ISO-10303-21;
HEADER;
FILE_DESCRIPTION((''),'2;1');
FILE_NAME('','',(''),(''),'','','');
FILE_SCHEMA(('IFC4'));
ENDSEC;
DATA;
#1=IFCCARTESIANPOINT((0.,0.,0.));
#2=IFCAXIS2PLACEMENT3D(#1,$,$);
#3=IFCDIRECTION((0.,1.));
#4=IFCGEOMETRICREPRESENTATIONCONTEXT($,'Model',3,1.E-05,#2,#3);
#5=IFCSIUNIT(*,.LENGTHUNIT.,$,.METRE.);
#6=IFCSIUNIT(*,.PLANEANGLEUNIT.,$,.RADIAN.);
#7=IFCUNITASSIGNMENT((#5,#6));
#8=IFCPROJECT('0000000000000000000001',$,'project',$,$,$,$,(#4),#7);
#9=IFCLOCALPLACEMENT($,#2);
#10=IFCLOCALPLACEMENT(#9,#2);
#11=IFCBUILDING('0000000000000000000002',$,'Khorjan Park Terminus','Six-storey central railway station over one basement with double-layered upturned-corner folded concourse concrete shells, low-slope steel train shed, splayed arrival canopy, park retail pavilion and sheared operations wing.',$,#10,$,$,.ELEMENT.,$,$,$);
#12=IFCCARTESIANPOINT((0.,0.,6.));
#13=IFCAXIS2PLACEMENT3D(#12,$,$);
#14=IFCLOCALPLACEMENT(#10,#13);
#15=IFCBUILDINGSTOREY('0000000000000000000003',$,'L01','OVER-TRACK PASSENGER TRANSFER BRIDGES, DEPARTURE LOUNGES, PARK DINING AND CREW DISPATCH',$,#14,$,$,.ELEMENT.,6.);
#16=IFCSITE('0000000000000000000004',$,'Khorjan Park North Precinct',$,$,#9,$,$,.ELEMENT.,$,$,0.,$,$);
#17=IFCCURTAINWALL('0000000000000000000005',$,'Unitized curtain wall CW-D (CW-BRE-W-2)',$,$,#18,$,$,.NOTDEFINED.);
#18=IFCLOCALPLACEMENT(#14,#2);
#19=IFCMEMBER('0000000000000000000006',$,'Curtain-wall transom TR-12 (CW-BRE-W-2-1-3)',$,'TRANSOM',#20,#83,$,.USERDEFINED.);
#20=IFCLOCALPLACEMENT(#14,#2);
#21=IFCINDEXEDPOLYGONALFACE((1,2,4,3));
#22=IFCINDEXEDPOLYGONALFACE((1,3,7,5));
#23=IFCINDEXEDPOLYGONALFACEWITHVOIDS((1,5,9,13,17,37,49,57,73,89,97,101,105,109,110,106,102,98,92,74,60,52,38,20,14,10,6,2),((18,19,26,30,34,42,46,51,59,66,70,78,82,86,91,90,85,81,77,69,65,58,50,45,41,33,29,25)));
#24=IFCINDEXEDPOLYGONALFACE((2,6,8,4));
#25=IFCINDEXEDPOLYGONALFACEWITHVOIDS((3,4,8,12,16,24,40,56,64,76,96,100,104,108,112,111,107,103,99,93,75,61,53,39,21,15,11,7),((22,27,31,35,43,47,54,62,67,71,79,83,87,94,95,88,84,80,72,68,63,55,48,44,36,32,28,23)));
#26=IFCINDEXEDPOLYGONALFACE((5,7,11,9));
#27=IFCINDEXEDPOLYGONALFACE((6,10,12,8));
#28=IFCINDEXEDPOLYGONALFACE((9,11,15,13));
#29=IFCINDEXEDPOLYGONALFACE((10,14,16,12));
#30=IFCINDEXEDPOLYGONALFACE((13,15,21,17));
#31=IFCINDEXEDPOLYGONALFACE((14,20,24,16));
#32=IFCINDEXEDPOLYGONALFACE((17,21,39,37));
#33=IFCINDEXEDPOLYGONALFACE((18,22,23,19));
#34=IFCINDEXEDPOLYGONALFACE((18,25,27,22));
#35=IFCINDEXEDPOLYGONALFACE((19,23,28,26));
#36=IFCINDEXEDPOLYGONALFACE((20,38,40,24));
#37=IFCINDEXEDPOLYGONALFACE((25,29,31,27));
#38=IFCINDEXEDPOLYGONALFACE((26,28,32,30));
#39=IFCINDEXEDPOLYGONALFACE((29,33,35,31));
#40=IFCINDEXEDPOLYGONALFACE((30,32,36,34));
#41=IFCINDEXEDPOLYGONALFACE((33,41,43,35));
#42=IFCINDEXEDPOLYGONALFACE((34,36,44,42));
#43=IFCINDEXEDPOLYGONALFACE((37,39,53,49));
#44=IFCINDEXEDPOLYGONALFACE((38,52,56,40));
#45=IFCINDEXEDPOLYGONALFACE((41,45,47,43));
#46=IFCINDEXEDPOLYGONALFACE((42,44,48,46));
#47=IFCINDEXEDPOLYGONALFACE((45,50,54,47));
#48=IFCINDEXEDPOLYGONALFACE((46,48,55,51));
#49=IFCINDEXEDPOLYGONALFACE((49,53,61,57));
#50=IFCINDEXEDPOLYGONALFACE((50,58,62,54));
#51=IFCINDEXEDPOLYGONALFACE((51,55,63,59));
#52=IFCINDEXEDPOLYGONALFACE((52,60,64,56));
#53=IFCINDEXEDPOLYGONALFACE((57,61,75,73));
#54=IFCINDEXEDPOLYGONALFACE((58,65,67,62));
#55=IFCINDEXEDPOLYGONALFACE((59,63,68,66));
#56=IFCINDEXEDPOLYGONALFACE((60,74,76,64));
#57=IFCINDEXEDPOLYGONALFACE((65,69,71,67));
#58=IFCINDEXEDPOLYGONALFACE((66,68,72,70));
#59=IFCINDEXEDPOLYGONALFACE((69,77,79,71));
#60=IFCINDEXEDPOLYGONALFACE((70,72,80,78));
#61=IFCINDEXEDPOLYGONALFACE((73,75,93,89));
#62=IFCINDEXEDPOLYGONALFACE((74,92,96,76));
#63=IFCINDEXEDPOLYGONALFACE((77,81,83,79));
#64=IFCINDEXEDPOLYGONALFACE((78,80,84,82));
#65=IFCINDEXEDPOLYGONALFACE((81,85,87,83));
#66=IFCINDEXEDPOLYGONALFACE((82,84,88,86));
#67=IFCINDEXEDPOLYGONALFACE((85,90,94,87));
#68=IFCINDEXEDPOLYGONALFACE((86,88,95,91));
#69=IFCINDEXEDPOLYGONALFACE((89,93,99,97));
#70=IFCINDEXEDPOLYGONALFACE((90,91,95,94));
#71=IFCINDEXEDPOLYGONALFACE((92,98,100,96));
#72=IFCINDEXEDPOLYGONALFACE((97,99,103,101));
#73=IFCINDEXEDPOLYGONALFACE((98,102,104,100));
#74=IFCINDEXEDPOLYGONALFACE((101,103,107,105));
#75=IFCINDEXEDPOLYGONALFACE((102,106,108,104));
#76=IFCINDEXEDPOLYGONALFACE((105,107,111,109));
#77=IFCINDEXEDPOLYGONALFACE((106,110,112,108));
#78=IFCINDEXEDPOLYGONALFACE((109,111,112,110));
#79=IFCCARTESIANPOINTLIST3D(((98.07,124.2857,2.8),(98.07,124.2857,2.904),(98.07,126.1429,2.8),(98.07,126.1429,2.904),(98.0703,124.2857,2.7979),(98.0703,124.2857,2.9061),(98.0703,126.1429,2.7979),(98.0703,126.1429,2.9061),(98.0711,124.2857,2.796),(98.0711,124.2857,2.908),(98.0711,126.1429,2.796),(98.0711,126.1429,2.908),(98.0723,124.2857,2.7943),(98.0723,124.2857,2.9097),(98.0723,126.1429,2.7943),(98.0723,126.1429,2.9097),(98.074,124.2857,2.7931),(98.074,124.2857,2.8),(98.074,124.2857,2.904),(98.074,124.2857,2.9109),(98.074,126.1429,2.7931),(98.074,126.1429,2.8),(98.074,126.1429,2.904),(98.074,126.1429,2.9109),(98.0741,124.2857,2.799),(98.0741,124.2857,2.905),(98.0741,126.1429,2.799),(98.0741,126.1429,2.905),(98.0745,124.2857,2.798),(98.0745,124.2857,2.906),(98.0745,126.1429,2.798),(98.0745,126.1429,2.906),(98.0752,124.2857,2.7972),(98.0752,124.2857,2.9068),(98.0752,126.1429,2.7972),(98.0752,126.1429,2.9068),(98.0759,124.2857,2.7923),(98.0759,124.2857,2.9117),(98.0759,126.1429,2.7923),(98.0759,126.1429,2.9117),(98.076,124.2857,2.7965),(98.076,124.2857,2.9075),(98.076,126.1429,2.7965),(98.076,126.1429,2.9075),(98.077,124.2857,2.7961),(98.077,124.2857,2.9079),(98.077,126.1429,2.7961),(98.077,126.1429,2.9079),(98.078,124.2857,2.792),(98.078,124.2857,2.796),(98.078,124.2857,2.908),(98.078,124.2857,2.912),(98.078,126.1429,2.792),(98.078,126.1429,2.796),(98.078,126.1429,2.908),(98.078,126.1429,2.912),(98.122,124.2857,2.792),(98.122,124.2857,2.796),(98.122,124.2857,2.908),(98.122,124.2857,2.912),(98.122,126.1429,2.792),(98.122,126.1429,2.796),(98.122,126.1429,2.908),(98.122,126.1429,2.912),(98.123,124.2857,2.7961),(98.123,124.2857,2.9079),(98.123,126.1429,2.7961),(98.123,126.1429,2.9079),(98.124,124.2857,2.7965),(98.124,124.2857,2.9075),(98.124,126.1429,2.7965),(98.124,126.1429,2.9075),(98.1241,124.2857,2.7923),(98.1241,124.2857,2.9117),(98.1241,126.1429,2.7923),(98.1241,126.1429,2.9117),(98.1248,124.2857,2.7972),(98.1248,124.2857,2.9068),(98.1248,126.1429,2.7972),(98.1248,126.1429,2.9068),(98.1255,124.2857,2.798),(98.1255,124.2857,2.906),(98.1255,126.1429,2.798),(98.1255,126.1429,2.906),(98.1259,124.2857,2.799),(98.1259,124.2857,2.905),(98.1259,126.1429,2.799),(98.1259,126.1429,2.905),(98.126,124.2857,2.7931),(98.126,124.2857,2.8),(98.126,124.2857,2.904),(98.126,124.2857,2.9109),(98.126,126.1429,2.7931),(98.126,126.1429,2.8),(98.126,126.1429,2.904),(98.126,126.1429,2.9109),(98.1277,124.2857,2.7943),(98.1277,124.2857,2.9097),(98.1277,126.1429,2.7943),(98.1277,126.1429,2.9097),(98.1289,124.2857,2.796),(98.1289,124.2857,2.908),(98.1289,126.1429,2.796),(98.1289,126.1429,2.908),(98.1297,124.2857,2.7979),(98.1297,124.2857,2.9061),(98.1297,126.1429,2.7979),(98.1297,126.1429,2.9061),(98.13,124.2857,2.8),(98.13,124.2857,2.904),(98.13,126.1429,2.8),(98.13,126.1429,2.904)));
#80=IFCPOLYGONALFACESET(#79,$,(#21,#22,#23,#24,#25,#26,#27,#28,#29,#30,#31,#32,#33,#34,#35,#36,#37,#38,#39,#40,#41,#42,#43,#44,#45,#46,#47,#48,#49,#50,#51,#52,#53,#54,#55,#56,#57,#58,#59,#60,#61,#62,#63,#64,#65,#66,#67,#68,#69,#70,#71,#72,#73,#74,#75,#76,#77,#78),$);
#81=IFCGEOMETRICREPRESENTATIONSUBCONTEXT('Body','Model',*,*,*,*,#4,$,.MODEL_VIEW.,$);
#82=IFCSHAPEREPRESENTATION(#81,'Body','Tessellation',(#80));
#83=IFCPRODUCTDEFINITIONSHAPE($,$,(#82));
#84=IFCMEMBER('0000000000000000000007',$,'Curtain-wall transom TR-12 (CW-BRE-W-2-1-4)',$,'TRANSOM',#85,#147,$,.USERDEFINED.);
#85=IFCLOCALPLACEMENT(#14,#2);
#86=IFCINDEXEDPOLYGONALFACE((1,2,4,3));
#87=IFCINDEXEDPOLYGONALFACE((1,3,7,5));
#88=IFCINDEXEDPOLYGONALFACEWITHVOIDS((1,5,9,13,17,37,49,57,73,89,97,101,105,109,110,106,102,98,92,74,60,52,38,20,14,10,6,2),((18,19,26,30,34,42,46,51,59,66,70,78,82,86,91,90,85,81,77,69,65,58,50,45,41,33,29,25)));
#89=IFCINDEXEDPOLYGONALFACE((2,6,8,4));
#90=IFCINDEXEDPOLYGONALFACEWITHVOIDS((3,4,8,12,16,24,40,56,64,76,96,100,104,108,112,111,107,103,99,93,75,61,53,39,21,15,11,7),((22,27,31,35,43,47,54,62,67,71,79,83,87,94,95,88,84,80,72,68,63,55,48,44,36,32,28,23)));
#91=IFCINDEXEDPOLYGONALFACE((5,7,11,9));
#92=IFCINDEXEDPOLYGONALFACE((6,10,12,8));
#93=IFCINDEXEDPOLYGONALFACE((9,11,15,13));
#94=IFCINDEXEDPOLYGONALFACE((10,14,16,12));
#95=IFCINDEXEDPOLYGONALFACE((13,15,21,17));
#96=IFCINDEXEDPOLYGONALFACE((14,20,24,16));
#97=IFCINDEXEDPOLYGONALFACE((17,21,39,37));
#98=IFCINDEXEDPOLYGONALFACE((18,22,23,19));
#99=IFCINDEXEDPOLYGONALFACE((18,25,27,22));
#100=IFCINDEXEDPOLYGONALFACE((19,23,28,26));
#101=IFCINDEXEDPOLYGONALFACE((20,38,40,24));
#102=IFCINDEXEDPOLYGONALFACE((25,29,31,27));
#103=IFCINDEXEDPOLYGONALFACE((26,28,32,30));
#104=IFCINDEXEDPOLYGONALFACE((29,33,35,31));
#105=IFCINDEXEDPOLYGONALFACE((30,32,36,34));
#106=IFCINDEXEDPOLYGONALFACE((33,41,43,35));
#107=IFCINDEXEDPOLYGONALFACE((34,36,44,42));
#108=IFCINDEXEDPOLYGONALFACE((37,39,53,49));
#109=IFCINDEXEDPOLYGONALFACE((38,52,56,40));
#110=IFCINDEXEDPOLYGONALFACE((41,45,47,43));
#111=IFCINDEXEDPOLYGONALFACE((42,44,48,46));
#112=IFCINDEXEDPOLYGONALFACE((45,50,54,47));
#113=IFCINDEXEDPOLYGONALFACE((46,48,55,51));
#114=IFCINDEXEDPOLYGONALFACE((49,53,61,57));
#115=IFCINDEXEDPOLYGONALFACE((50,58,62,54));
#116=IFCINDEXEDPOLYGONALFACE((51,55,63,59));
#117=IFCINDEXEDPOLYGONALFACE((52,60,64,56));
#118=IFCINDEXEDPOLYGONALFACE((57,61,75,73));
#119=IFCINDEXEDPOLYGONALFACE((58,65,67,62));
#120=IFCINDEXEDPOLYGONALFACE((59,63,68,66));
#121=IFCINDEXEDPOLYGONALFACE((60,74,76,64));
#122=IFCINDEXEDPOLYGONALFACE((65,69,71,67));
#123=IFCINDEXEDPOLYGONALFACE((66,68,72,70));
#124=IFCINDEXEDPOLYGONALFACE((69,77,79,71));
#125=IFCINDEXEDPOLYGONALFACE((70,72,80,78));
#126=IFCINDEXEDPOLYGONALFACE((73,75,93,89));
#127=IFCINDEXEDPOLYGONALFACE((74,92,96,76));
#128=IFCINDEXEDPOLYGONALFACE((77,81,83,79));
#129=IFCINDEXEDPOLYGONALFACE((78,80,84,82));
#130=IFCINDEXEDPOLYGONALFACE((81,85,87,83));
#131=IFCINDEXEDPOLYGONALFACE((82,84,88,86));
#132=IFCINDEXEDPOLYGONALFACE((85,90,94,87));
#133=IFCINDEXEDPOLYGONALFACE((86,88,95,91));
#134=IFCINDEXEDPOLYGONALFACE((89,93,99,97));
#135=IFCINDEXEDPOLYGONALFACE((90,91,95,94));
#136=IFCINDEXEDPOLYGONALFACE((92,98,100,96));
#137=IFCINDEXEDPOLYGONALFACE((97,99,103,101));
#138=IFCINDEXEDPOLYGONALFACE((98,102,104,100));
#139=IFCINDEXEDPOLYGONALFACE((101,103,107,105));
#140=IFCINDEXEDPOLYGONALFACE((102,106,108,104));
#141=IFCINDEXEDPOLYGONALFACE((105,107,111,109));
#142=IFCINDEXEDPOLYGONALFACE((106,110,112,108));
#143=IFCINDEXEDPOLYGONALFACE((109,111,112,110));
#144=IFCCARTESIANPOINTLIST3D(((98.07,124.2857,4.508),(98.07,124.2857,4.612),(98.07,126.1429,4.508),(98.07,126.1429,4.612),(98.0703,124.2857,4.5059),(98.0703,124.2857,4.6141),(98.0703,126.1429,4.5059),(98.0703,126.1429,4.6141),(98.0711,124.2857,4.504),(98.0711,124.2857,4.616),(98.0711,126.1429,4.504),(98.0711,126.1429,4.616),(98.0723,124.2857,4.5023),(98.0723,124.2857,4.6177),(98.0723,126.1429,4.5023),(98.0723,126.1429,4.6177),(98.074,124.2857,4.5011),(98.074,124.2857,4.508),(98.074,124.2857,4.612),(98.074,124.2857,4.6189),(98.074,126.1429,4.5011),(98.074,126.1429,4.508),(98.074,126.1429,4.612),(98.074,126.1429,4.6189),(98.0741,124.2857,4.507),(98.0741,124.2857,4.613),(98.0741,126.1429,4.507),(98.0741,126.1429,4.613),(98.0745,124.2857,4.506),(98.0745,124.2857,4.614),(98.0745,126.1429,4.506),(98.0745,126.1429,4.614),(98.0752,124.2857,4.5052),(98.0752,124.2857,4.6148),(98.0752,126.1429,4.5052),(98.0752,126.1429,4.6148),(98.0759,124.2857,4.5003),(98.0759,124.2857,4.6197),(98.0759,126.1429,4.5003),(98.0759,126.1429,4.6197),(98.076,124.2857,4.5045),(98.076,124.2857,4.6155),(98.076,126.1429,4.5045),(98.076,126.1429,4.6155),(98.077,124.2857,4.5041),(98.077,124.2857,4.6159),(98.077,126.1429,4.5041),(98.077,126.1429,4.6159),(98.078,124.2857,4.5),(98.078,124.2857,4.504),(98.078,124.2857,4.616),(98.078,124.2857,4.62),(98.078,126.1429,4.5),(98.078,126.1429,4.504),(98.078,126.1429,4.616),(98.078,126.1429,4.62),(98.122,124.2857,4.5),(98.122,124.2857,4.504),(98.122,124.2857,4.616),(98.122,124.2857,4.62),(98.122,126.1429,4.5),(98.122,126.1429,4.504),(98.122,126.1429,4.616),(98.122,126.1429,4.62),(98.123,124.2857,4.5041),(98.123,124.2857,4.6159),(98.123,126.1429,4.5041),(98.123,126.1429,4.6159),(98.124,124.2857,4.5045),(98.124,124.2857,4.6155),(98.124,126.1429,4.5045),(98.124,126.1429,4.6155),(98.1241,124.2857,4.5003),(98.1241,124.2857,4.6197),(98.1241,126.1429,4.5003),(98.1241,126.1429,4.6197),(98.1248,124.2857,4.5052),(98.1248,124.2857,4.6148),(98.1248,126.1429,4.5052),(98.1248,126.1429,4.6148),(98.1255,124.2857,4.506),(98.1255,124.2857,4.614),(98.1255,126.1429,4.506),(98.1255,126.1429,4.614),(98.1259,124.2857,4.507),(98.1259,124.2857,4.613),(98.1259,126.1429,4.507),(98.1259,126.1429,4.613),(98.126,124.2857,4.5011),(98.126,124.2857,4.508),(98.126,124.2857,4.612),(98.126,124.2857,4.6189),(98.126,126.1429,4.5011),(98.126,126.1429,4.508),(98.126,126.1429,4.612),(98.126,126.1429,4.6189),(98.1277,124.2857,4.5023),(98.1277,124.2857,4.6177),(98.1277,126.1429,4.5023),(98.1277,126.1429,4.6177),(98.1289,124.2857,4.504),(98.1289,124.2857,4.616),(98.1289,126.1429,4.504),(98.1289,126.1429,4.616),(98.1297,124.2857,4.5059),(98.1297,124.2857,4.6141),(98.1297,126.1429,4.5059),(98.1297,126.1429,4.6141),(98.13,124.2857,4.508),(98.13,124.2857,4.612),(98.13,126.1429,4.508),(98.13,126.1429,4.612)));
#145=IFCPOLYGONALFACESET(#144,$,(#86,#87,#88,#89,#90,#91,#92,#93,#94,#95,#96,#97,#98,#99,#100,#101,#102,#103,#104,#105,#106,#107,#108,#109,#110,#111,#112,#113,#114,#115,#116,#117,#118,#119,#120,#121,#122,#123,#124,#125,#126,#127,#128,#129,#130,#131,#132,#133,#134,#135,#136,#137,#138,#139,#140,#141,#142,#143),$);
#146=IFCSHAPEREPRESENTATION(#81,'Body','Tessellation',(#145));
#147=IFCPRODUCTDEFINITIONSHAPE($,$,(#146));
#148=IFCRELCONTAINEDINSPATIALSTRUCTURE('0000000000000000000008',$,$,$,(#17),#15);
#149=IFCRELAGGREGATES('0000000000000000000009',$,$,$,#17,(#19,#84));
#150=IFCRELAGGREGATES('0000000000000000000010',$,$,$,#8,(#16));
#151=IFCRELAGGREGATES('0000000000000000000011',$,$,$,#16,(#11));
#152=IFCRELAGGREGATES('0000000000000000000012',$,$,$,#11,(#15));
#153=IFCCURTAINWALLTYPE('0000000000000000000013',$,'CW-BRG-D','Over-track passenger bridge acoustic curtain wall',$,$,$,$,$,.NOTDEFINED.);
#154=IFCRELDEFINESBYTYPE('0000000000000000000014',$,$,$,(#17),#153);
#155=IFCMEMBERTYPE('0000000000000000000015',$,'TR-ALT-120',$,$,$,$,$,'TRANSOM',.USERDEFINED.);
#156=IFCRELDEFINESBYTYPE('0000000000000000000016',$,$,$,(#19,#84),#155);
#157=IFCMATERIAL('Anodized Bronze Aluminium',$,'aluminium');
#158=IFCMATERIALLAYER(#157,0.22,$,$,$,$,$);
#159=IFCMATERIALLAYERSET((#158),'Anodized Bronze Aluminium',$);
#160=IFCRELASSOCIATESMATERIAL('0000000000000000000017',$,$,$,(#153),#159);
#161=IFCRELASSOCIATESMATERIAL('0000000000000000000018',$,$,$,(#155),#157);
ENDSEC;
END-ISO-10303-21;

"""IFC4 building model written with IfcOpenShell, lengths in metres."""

from ifc_helpers import new_model, si_unit, direction, frame, origin, origin_2d, place, context, subcontext, project, spatial, hollow_rectangle, extrude, material, layer, layer_set, material_profile, profile_set, type_object, element, aggregate, save


model = new_model("IFC4")

# Units and contexts
model_context = context("Model", 3, precision=1e-05, world=origin(), true_north=direction((0.0, 1.0)))
body_context = subcontext(model_context, "Body", "Model", "MODEL_VIEW")
ifc_project = project(units=[si_unit("LENGTHUNIT", "METRE"), si_unit("PLANEANGLEUNIT", "RADIAN")], contexts=[model_context])

# Site, building, storey
site_placement = place(None, origin())
site = spatial("IfcSite", under=ifc_project, at=site_placement, Name="Khorjan Park North Precinct", CompositionType="ELEMENT", RefElevation=0.0)
building_placement = place(site_placement, origin())
building = spatial("IfcBuilding", under=site, at=building_placement, Name="Khorjan Park Terminus", Description="Six-storey central railway station over one basement with double-layered upturned-corner folded concourse concrete shells, low-slope steel train shed, splayed arrival canopy, park retail pavilion and sheared operations wing.", CompositionType="ELEMENT")
storey_placement = place(building_placement, frame((0.0, 0.0, 6.0)))
storey = spatial("IfcBuildingStorey", under=building, at=storey_placement, Name="L01", Description="OVER-TRACK PASSENGER TRANSFER BRIDGES, DEPARTURE LOUNGES, PARK DINING AND CREW DISPATCH", CompositionType="ELEMENT", Elevation=6.0)

# Curtain wall
ifc_material_1 = material(Name="Anodized Bronze Aluminium", Category="aluminium")
ifc_layer_1 = layer(ifc_material_1, 0.22)
ifc_layer_set_1 = layer_set([ifc_layer_1], Name="Anodized Bronze Aluminium")
curtain_wall_type = type_object("IfcCurtainWallType", Name="CW-BRG-D", Description="Over-track passenger bridge acoustic curtain wall", PredefinedType="NOTDEFINED", material=ifc_layer_set_1)
curtain_wall_1_placement = place(storey_placement, origin())
curtain_wall_1 = element("IfcCurtainWall", 1, at=curtain_wall_1_placement, inside=storey, type_object=curtain_wall_type, Name="Unitized curtain wall CW-D (CW-BRE-W-2)", PredefinedType="NOTDEFINED")

# Members
ifc_material_profile_1 = material_profile(ifc_material_1, hollow_rectangle(XDim=0.06, YDim=0.12, WallThickness=0.004, InnerFilletRadius=0.004, OuterFilletRadius=0.008, at=origin_2d()), Name="ALT 60x120x4")
ifc_profile_set_1 = profile_set([ifc_material_profile_1], Name="Anodized Bronze Aluminium")
member_type_1 = type_object("IfcMemberType", Name="TR-ALT-120", ElementType="TRANSOM", PredefinedType="USERDEFINED", material=ifc_profile_set_1)
member_1_placement = place(storey_placement, frame((98.1, 126.1429, 2.852), z_axis=(0.0, -1.0, 0.0), x_axis=(1.0, 0.0, 0.0)))
member_1 = element("IfcMember", 2, at=member_1_placement, type_object=member_type_1, Name="Curtain-wall transom TR-12 (CW-BRE-W-2-1-3)", ObjectType="TRANSOM", PredefinedType="USERDEFINED", context=body_context, shape_type="SweptSolid", body=[
    extrude(hollow_rectangle(XDim=0.06, YDim=0.12, WallThickness=0.004, InnerFilletRadius=0.004, OuterFilletRadius=0.008, at=origin_2d()), origin(), (0.0, 0.0, 1.0), 1.8572),
])
member_2_placement = place(storey_placement, frame((98.1, 126.1429, 4.56), z_axis=(0.0, -1.0, 0.0), x_axis=(1.0, 0.0, 0.0)))
member_2 = element("IfcMember", 3, at=member_2_placement, type_object=member_type_1, Name="Curtain-wall transom TR-12 (CW-BRE-W-2-1-4)", ObjectType="TRANSOM", PredefinedType="USERDEFINED", context=body_context, shape_type="SweptSolid", body=[
    extrude(hollow_rectangle(XDim=0.06, YDim=0.12, WallThickness=0.004, InnerFilletRadius=0.004, OuterFilletRadius=0.008, at=origin_2d()), origin(), (0.0, 0.0, 1.0), 1.8572),
])

aggregate(curtain_wall_1, [member_1, member_2])

save(model, "model.ifc")
